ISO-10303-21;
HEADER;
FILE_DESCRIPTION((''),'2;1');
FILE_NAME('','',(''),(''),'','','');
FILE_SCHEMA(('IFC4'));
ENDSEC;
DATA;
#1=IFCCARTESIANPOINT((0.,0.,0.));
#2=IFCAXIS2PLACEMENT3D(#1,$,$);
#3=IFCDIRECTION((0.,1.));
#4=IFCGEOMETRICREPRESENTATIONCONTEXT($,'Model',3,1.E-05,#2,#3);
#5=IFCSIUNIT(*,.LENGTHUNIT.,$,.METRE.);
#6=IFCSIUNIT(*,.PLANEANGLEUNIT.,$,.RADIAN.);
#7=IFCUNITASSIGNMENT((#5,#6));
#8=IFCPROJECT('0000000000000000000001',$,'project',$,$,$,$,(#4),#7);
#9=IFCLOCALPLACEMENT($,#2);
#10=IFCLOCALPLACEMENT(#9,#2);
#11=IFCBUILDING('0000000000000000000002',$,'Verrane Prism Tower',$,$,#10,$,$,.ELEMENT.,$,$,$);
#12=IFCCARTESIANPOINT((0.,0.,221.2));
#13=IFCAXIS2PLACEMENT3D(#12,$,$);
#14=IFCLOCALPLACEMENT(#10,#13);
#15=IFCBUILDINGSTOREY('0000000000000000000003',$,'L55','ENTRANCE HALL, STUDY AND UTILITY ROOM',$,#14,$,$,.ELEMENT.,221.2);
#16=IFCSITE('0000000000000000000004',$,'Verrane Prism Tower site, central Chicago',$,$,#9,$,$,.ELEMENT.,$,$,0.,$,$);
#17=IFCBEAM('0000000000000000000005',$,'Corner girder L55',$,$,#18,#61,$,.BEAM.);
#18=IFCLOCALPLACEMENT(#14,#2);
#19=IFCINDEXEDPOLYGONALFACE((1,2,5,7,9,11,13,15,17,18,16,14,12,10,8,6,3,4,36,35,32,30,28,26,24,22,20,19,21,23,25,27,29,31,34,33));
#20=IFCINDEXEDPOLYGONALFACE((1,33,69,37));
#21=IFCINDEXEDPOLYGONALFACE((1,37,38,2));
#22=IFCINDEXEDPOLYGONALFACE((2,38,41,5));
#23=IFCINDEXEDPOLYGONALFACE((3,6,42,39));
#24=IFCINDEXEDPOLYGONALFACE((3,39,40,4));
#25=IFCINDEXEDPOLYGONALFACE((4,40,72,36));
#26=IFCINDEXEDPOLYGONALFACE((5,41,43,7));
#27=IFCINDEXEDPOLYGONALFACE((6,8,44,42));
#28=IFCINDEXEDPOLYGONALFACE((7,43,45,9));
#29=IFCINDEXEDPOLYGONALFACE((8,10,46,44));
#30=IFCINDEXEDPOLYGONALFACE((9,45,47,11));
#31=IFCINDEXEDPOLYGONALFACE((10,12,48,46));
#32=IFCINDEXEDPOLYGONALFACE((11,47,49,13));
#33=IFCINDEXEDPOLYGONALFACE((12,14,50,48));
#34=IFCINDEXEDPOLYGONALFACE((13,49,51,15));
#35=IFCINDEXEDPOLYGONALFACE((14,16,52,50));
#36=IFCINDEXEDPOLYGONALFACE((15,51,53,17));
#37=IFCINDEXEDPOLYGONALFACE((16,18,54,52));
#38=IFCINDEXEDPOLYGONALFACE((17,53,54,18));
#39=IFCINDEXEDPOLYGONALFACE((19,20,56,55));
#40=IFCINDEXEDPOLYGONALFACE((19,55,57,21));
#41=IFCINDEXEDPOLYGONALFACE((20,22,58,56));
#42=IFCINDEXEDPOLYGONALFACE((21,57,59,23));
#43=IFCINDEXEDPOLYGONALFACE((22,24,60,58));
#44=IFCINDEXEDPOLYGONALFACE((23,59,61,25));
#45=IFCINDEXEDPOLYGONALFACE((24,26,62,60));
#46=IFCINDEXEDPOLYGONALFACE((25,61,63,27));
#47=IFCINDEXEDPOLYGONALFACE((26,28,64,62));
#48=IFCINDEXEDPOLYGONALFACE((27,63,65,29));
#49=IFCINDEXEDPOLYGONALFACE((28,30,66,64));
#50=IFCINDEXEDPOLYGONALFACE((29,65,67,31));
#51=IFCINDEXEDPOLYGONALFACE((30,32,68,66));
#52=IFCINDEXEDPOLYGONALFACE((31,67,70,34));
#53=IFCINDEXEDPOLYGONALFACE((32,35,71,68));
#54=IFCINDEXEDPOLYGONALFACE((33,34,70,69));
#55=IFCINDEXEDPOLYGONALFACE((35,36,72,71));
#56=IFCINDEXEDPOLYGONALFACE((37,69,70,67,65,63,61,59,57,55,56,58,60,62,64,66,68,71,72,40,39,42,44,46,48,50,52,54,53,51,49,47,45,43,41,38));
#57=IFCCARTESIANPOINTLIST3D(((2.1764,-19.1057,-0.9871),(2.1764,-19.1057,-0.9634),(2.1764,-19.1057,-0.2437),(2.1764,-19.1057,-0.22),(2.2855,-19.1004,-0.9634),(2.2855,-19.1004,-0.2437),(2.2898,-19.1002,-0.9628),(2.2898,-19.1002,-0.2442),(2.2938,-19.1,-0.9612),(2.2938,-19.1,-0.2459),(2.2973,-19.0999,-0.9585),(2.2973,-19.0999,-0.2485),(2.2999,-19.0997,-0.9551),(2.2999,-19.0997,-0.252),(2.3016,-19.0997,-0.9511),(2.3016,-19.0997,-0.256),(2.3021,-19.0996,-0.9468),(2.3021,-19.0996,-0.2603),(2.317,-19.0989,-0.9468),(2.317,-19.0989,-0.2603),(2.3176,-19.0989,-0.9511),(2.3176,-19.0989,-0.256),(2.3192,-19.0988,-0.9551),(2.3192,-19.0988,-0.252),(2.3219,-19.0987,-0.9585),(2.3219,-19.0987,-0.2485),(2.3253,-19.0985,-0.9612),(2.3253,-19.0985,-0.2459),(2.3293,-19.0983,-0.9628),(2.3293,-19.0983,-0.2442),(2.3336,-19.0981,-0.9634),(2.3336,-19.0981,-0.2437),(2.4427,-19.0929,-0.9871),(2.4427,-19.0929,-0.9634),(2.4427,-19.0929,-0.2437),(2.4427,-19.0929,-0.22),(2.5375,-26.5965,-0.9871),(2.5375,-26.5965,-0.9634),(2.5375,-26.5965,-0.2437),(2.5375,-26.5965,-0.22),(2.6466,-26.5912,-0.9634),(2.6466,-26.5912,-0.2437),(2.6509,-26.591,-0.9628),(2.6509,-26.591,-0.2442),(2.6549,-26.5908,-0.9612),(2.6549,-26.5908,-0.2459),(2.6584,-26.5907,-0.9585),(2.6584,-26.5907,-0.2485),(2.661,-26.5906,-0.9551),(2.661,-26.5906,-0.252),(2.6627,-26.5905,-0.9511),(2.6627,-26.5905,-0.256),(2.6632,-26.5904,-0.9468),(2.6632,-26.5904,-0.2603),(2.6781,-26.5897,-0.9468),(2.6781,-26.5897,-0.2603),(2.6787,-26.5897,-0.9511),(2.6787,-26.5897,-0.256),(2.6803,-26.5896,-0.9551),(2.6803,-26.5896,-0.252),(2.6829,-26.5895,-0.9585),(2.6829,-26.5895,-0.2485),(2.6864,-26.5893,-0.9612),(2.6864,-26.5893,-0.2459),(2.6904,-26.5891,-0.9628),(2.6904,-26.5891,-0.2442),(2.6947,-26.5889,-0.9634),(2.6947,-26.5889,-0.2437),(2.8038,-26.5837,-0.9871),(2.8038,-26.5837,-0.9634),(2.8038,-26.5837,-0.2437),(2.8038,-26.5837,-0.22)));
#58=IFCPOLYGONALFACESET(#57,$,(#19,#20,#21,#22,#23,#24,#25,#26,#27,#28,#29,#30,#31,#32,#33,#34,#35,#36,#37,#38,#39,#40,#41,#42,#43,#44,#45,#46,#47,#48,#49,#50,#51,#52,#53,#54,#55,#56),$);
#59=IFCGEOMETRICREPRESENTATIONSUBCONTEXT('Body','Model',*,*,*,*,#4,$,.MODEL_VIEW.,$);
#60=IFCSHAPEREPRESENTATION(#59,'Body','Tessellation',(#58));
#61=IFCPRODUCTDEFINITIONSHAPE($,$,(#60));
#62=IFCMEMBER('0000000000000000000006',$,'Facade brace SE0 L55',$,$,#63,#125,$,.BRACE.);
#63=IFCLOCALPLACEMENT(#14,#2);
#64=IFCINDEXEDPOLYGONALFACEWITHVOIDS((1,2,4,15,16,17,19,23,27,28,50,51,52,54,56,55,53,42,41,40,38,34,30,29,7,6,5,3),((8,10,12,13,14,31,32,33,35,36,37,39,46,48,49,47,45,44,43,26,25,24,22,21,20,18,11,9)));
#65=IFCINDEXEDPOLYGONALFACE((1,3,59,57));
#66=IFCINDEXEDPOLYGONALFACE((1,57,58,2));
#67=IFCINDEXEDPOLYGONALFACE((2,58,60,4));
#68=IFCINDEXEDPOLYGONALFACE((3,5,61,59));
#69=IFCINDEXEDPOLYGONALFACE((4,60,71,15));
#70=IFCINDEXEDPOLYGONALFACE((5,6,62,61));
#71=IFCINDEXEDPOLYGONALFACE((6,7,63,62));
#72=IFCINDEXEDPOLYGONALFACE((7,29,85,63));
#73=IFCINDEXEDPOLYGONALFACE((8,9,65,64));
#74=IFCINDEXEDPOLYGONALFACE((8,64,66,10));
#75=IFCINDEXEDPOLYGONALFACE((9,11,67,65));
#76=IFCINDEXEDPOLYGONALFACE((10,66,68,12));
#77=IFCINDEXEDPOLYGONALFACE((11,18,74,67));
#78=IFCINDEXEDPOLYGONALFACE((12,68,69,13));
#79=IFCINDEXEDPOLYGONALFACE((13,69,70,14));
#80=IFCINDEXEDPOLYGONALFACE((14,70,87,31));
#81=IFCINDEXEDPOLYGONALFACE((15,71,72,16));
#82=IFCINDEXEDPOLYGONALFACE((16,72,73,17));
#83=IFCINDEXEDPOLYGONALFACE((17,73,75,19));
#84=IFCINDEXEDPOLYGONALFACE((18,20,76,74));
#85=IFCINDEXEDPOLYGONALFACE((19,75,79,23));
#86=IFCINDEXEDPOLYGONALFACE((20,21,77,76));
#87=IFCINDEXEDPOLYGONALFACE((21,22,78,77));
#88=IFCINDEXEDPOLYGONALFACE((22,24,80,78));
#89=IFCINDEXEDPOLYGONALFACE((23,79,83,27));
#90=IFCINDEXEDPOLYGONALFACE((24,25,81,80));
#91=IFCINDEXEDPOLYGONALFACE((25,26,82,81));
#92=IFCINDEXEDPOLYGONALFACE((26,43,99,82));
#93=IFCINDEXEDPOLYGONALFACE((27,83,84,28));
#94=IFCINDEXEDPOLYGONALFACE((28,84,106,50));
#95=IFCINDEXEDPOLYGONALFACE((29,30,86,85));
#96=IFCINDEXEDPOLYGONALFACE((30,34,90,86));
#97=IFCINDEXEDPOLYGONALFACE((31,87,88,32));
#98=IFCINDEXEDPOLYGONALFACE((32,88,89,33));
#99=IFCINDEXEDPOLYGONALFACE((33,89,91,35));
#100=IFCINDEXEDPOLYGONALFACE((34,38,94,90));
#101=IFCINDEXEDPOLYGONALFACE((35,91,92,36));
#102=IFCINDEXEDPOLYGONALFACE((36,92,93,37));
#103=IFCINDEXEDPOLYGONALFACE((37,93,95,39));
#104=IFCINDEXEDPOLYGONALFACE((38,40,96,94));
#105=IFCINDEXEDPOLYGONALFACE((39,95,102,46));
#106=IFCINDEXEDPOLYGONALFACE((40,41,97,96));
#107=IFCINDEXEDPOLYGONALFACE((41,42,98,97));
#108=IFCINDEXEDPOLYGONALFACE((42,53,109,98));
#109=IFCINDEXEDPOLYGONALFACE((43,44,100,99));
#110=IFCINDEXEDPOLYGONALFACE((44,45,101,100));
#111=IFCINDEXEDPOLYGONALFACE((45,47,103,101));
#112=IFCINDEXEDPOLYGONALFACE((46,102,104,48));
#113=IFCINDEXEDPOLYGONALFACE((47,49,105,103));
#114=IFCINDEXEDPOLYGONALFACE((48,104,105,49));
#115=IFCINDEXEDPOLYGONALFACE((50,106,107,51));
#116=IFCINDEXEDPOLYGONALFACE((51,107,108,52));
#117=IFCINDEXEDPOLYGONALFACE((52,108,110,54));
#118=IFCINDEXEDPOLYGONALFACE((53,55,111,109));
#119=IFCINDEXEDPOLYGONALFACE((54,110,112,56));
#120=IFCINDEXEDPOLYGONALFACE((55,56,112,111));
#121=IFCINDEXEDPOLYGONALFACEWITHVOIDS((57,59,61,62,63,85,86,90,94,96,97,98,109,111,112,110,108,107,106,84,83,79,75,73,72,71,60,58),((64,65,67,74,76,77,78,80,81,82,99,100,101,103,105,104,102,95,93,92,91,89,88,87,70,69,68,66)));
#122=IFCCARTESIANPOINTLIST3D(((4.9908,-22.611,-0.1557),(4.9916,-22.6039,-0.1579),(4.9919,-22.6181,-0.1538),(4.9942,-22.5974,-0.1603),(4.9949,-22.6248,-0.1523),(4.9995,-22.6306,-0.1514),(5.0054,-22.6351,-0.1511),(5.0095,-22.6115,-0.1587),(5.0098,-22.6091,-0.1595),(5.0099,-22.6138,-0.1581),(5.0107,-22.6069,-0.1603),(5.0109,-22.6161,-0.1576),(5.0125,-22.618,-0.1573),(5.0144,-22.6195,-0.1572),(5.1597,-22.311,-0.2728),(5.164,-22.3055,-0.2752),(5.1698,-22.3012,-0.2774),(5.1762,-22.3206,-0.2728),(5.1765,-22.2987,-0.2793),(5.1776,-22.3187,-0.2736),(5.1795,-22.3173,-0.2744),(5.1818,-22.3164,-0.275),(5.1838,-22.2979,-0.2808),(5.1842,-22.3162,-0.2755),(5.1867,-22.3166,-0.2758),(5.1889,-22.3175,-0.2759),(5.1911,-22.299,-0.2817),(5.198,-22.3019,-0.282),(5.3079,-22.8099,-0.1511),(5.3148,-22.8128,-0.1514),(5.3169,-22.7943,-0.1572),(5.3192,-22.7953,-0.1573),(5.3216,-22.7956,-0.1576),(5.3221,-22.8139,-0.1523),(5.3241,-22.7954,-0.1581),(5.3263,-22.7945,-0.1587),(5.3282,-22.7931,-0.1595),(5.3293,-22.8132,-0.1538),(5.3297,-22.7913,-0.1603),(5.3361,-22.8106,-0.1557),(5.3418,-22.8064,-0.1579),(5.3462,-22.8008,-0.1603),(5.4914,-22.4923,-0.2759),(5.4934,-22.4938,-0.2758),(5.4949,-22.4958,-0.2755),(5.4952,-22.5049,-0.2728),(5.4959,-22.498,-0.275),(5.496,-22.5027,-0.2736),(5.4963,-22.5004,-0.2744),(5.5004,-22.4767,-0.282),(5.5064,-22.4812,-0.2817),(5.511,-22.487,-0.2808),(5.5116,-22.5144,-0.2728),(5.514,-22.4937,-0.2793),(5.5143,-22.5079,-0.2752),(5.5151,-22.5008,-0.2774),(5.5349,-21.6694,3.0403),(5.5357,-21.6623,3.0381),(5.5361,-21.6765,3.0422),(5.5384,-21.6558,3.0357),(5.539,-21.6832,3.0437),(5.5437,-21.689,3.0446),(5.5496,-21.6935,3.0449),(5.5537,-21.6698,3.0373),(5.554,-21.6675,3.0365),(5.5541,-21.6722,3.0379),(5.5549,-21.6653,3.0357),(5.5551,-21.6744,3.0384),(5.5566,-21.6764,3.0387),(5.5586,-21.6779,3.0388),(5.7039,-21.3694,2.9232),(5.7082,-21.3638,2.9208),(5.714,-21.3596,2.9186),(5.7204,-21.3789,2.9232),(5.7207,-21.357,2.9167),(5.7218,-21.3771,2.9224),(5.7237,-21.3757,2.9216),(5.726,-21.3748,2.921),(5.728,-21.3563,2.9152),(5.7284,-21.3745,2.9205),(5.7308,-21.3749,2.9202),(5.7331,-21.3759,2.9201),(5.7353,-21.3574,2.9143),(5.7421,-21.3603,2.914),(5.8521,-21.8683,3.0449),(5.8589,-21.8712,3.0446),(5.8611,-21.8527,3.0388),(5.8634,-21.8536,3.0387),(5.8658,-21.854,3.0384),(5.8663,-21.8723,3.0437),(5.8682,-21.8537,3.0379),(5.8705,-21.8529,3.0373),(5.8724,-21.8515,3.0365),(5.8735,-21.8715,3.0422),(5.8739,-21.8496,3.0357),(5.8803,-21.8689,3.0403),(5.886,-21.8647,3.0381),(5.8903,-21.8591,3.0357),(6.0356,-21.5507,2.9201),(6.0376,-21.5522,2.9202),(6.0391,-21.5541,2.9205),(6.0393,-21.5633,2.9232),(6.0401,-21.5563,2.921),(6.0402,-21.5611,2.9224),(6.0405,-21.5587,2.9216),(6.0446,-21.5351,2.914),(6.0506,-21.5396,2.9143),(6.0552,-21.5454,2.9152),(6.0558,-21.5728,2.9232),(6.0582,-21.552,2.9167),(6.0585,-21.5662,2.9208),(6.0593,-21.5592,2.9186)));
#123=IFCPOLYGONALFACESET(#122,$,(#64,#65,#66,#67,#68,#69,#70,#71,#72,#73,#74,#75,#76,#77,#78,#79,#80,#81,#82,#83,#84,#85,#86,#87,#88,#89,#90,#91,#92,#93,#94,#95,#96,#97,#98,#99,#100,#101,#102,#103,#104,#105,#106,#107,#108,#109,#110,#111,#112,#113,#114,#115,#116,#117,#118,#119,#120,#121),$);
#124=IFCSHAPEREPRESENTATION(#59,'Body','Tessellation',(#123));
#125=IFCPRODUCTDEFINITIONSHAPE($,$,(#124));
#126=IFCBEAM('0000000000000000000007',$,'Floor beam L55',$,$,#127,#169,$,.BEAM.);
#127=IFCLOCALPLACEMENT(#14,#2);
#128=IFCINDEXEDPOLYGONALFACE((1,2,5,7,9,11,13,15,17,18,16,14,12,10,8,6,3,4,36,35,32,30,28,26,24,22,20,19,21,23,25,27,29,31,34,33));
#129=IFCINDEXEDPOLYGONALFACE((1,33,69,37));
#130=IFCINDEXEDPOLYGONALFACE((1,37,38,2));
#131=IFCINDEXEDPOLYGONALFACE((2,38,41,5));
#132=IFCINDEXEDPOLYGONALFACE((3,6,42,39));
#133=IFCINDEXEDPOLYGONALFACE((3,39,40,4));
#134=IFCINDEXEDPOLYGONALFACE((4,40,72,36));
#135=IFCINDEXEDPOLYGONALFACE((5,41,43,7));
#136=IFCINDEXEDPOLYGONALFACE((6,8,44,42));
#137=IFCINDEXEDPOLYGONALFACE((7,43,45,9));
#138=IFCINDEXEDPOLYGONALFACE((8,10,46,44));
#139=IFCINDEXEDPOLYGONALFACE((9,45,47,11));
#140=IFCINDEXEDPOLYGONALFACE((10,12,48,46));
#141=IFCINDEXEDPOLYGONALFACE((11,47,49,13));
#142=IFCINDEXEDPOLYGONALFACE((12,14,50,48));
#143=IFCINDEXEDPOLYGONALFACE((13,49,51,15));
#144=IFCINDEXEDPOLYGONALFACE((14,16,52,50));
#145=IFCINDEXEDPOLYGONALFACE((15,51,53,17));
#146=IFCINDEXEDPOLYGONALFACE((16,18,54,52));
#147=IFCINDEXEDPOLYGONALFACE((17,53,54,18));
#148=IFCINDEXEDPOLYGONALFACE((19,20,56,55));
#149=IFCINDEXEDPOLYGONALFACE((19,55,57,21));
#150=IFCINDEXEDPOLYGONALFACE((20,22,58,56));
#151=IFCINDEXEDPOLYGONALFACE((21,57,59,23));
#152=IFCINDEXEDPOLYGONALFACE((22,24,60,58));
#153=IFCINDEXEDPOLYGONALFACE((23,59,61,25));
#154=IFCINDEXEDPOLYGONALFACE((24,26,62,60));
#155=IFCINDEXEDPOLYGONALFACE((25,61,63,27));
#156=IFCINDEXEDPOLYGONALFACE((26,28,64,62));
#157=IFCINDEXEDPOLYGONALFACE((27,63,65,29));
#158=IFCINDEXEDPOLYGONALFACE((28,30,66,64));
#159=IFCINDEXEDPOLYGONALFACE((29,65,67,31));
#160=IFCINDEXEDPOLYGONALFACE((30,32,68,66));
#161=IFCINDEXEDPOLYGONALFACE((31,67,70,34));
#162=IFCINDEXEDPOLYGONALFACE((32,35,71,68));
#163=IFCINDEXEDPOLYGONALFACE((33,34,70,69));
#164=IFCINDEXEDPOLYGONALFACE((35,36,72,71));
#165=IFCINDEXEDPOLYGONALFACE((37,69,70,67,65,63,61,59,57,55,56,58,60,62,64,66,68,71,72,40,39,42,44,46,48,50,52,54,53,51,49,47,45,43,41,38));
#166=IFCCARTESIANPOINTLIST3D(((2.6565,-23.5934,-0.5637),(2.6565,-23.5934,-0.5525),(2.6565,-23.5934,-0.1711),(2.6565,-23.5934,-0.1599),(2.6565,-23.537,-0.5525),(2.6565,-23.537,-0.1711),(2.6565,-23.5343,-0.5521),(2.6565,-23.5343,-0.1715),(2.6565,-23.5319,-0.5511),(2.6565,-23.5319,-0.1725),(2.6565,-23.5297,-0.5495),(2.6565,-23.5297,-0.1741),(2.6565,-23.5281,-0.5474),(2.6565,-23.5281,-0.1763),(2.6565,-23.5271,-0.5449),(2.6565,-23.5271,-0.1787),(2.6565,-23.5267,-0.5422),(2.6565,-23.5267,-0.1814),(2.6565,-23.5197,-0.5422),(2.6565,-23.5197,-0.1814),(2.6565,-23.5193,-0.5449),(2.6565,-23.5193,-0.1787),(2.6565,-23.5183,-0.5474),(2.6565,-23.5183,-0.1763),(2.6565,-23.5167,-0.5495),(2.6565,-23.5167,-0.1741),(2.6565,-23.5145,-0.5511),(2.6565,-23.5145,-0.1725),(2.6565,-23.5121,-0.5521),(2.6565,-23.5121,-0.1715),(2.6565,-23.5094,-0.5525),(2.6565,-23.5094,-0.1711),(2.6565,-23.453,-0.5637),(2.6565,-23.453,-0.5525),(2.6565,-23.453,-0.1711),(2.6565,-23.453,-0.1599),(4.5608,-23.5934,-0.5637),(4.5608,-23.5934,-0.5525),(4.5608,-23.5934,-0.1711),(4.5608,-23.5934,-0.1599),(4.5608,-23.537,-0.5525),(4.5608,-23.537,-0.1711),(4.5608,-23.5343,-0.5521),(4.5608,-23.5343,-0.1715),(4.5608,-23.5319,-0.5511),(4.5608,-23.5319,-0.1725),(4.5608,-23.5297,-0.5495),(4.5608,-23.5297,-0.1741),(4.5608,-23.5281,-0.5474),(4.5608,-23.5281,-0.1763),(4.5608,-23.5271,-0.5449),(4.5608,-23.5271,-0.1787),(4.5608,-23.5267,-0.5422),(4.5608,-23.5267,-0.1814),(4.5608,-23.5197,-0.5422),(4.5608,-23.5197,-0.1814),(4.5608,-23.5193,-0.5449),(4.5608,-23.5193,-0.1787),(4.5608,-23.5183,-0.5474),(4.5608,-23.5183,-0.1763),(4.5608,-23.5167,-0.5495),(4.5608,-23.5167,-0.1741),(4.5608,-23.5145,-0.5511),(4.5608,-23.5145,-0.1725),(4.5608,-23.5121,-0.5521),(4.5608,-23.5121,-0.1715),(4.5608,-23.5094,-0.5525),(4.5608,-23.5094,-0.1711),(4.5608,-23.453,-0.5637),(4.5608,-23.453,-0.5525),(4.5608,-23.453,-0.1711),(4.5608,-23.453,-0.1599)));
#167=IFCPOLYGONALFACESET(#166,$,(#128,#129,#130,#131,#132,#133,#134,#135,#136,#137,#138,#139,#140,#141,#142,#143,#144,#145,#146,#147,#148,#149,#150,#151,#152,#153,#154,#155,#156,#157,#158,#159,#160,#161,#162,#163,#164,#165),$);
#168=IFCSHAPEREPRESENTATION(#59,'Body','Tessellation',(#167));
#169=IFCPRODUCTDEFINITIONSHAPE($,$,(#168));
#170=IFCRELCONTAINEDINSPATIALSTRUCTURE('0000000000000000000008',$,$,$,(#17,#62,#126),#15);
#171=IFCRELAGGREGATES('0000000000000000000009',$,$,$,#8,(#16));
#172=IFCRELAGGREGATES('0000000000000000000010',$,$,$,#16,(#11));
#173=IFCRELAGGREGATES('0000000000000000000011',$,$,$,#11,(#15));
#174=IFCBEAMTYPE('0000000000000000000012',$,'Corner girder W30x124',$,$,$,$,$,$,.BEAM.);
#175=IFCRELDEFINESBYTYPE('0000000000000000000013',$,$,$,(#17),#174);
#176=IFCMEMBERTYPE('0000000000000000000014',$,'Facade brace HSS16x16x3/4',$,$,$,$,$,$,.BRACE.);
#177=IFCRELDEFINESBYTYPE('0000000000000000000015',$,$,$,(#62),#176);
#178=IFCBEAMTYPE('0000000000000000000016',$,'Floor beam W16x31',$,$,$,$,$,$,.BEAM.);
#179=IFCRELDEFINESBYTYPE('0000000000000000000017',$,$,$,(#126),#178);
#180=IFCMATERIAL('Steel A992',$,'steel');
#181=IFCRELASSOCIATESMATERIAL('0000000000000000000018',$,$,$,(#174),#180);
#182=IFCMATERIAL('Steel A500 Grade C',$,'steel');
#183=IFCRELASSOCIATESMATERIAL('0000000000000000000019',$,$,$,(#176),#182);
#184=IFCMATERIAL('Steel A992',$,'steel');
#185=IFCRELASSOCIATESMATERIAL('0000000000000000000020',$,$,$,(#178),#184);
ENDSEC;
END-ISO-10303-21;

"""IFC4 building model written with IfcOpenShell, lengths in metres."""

from ifc_helpers import new_model, si_unit, direction, frame, origin, origin_2d, place, context, subcontext, project, spatial, hollow_rectangle, i_section, extrude, material, material_profile, profile_set, type_object, element, save


model = new_model("IFC4")

# Units and contexts
model_context = context("Model", 3, precision=1e-05, world=origin(), true_north=direction((0.0, 1.0)))
body_context = subcontext(model_context, "Body", "Model", "MODEL_VIEW")
ifc_project = project(units=[si_unit("LENGTHUNIT", "METRE"), si_unit("PLANEANGLEUNIT", "RADIAN")], contexts=[model_context])

# Site, building, storey
site_placement = place(None, origin())
site = spatial("IfcSite", under=ifc_project, at=site_placement, Name="Verrane Prism Tower site, central Chicago", CompositionType="ELEMENT", RefElevation=0.0)
building_placement = place(site_placement, origin())
building = spatial("IfcBuilding", under=site, at=building_placement, Name="Verrane Prism Tower", CompositionType="ELEMENT")
storey_placement = place(building_placement, frame((0.0, 0.0, 221.2)))
storey = spatial("IfcBuildingStorey", under=building, at=storey_placement, Name="L55", Description="ENTRANCE HALL, STUDY AND UTILITY ROOM", CompositionType="ELEMENT", Elevation=221.2)

# Beam
ifc_material_1 = material(Name="Steel A992", Category="steel")
ifc_material_profile_1 = material_profile(ifc_material_1, i_section(OverallWidth=0.2666, OverallDepth=0.7671, WebThickness=0.0149, FlangeThickness=0.0237, FilletRadius=0.0166, at=origin_2d()), Name="W30x124")
ifc_profile_set_1 = profile_set([ifc_material_profile_1], Name="Steel A992")
beam_type_1 = type_object("IfcBeamType", Name="Corner girder W30x124", PredefinedType="BEAM", material=ifc_profile_set_1)
beam_1_placement = place(storey_placement, frame((2.6707, -26.5901, -0.6035), z_axis=(-0.048148, 0.99884, 0.0), x_axis=(-0.99884, -0.048148, 0.0)))
element("IfcBeam", 1, at=beam_1_placement, inside=storey, type_object=beam_type_1, Name="Corner girder L55", PredefinedType="BEAM", context=body_context, shape_type="SweptSolid", body=[
    extrude(i_section(OverallWidth=0.2666, OverallDepth=0.7671, WebThickness=0.0149, FlangeThickness=0.0237, FilletRadius=0.0166, at=origin_2d()), origin(), (0.0, 0.0, 1.0), 7.4995),
])

# Member
ifc_material_2 = material(Name="Steel A500 Grade C", Category="steel")
ifc_material_profile_2 = material_profile(ifc_material_2, hollow_rectangle(XDim=0.4065, YDim=0.4065, WallThickness=0.019, InnerFilletRadius=0.0095, OuterFilletRadius=0.0286, at=origin_2d()), Name="HSS16x16x3/4")
ifc_profile_set_2 = profile_set([ifc_material_profile_2], Name="Steel A500 Grade C")
member_type_1 = type_object("IfcMemberType", Name="Facade brace HSS16x16x3/4", PredefinedType="BRACE", material=ifc_profile_set_2)
member_1_placement = place(storey_placement, frame((5.2529, -22.5559, -0.2166), z_axis=(0.161192, 0.278923, 0.946689), x_axis=(-0.865815, 0.500364, 0.0)))
element("IfcMember", 2, at=member_1_placement, inside=storey, type_object=member_type_1, Name="Facade brace SE0 L55", PredefinedType="BRACE", context=body_context, shape_type="SweptSolid", body=[
    extrude(hollow_rectangle(XDim=0.4065, YDim=0.4065, WallThickness=0.019, InnerFilletRadius=0.0095, OuterFilletRadius=0.0286, at=origin_2d()), origin(), (0.0, 0.0, 1.0), 3.376),
])

# Beam
ifc_material_3 = material(Name="Steel A992", Category="steel")
ifc_material_profile_3 = material_profile(ifc_material_3, i_section(OverallWidth=0.1404, OverallDepth=0.4038, WebThickness=0.0071, FlangeThickness=0.0112, FilletRadius=0.0103, at=origin_2d()), Name="W16x31")
ifc_profile_set_3 = profile_set([ifc_material_profile_3], Name="Steel A992")
beam_type_2 = type_object("IfcBeamType", Name="Floor beam W16x31", PredefinedType="BEAM", material=ifc_profile_set_3)
beam_2_placement = place(storey_placement, frame((2.6565, -23.5232, -0.3618), z_axis=(1.0, 0.0, 0.0), x_axis=(0.0, 1.0, 0.0)))
element("IfcBeam", 3, at=beam_2_placement, inside=storey, type_object=beam_type_2, Name="Floor beam L55", PredefinedType="BEAM", context=body_context, shape_type="SweptSolid", body=[
    extrude(i_section(OverallWidth=0.1404, OverallDepth=0.4038, WebThickness=0.0071, FlangeThickness=0.0112, FilletRadius=0.0103, at=origin_2d()), origin(), (0.0, 0.0, 1.0), 1.9043),
])

save(model, "model.ifc")
